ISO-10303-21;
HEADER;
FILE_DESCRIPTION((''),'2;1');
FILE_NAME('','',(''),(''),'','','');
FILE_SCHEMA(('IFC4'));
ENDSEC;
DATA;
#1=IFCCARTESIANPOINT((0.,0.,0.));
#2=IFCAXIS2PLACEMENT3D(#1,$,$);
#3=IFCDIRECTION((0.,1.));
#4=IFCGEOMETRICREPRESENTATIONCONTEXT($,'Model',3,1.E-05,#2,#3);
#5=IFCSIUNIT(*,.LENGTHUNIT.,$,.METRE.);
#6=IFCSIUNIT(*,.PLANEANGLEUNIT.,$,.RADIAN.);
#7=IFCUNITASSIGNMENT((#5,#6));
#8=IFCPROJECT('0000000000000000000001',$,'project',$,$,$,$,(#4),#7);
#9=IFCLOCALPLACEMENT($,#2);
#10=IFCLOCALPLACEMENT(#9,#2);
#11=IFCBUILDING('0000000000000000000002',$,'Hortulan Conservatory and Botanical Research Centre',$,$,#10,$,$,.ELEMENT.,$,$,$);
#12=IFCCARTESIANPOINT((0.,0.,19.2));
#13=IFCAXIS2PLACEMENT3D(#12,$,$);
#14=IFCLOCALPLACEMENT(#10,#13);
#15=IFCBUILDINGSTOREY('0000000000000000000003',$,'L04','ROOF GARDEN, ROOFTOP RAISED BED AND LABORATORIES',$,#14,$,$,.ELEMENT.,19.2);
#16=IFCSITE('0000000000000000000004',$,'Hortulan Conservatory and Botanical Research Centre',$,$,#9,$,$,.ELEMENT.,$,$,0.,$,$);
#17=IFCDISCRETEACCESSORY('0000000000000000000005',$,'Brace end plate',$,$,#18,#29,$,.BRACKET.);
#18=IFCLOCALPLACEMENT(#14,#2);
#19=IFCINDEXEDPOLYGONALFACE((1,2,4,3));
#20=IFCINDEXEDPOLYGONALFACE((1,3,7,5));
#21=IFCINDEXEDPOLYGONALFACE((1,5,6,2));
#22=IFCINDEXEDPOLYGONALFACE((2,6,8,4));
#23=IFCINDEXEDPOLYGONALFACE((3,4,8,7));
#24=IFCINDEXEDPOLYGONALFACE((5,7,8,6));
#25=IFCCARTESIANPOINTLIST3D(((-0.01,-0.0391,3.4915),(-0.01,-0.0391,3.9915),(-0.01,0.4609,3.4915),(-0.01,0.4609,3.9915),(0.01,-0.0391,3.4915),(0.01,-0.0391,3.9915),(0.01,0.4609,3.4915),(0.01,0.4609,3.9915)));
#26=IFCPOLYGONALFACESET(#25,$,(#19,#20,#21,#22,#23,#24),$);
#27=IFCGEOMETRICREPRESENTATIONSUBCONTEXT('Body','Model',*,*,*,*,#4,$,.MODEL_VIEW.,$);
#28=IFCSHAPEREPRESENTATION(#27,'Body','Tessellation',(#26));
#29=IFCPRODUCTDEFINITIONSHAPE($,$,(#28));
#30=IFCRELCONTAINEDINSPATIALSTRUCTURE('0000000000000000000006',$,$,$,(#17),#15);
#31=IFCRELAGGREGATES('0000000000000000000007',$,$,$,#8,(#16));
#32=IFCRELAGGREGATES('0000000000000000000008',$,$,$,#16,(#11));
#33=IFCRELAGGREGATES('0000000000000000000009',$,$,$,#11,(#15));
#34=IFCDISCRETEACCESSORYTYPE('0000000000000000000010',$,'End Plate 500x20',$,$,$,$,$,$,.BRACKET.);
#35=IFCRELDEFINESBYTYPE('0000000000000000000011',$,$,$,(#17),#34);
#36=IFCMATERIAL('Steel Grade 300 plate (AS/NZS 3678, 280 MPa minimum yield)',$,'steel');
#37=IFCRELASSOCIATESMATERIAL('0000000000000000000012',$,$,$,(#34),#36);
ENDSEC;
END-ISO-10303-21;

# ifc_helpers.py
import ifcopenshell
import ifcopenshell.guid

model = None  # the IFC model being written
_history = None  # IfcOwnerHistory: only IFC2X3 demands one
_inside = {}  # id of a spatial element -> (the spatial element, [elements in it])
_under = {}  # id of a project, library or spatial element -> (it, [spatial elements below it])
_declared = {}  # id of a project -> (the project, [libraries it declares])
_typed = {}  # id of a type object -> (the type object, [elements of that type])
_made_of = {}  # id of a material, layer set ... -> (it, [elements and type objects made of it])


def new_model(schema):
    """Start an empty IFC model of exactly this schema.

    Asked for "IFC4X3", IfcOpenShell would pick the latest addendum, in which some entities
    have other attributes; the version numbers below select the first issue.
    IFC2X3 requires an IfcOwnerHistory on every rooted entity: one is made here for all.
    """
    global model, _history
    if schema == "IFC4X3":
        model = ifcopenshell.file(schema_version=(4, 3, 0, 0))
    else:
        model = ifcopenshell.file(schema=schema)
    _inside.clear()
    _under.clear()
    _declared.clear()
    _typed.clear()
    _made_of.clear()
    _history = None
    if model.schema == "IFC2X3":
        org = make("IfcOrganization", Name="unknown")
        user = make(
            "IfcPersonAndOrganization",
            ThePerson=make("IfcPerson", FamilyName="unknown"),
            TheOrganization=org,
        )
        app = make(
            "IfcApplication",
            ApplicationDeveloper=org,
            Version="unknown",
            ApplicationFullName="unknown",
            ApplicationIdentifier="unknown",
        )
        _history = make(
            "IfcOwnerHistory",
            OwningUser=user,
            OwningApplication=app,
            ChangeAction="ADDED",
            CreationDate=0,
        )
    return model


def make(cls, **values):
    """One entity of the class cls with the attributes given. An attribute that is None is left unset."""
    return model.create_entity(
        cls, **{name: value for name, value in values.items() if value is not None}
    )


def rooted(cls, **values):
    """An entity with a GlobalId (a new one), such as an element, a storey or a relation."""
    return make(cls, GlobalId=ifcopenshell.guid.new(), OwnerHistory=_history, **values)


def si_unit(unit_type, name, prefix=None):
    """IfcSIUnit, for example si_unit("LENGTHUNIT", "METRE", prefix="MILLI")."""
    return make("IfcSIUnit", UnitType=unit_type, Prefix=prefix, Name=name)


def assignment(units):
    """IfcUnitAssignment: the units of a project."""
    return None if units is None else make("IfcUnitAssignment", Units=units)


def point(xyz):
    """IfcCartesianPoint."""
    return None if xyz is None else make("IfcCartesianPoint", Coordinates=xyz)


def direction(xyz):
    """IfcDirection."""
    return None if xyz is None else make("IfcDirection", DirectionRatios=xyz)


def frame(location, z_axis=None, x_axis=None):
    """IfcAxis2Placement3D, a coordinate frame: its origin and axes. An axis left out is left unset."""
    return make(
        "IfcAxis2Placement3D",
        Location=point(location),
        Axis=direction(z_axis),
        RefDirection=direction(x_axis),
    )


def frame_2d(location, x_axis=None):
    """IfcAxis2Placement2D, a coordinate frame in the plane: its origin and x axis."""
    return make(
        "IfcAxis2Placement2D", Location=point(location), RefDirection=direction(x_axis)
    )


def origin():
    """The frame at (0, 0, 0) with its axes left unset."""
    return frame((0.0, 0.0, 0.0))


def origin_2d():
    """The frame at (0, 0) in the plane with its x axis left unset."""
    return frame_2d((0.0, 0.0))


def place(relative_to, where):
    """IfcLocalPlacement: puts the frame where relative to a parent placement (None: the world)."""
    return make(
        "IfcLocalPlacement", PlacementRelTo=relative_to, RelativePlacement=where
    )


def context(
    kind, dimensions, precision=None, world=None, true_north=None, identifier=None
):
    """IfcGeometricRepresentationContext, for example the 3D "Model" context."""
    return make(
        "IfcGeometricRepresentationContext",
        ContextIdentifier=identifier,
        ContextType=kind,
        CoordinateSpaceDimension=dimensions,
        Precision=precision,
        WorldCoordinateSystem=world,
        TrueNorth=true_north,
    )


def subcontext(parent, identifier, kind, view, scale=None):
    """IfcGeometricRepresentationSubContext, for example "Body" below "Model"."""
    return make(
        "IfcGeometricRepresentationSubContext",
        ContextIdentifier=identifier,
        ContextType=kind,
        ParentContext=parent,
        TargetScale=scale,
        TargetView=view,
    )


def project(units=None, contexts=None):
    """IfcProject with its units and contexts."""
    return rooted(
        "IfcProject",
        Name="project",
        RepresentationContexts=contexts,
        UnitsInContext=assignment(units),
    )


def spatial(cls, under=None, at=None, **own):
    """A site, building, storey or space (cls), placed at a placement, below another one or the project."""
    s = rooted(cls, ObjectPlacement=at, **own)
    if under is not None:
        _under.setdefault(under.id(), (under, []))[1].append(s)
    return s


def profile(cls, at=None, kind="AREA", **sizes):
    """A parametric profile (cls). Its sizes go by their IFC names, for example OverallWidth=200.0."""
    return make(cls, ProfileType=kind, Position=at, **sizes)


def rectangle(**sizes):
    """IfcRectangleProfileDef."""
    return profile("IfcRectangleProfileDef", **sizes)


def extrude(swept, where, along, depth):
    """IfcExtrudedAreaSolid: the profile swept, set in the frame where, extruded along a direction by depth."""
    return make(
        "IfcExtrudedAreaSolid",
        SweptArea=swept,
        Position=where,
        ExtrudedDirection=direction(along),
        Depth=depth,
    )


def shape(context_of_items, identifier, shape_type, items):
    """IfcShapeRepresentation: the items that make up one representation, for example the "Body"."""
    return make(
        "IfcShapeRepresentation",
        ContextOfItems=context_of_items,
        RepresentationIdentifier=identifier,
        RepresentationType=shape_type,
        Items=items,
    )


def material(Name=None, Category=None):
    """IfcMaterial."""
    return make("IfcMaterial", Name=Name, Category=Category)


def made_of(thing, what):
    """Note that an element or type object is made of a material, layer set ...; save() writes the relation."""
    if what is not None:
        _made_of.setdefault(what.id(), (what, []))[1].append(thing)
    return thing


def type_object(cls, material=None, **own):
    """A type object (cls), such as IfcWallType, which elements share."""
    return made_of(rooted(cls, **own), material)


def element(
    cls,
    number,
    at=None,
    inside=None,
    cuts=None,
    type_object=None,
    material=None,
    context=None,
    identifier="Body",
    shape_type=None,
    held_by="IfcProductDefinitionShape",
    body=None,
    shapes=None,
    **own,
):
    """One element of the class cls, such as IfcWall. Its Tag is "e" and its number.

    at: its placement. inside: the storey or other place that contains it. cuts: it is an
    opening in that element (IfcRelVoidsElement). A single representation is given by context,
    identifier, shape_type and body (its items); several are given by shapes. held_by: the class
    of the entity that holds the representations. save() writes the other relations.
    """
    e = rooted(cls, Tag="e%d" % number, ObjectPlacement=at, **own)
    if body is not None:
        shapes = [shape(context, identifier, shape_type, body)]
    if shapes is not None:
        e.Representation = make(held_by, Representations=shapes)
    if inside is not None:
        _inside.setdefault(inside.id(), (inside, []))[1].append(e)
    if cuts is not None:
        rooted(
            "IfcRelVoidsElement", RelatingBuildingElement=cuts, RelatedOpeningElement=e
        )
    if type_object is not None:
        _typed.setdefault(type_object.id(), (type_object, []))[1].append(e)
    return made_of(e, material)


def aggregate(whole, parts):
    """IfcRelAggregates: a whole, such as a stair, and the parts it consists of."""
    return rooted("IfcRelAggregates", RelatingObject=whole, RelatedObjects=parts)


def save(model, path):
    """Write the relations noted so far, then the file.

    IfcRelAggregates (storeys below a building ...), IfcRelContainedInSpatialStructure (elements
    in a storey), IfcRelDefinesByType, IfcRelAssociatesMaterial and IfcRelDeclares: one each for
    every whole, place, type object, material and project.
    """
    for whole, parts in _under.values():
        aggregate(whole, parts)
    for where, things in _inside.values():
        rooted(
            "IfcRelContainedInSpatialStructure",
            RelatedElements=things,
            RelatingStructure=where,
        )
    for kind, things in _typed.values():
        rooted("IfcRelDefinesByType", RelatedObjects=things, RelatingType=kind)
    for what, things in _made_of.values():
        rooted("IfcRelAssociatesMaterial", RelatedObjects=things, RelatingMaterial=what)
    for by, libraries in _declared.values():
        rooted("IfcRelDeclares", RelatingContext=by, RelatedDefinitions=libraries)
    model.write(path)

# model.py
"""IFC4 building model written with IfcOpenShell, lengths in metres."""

from ifc_helpers import new_model, si_unit, direction, frame, origin, origin_2d, place, context, subcontext, project, spatial, rectangle, extrude, material, type_object, element, save


model = new_model("IFC4")

# Units and contexts
model_context = context("Model", 3, precision=1e-05, world=origin(), true_north=direction((0.0, 1.0)))
body_context = subcontext(model_context, "Body", "Model", "MODEL_VIEW")
ifc_project = project(units=[si_unit("LENGTHUNIT", "METRE"), si_unit("PLANEANGLEUNIT", "RADIAN")], contexts=[model_context])

# Site, building, storey
site_placement = place(None, origin())
site = spatial("IfcSite", under=ifc_project, at=site_placement, Name="Hortulan Conservatory and Botanical Research Centre", CompositionType="ELEMENT", RefElevation=0.0)
building_placement = place(site_placement, origin())
building = spatial("IfcBuilding", under=site, at=building_placement, Name="Hortulan Conservatory and Botanical Research Centre", CompositionType="ELEMENT")
storey_placement = place(building_placement, frame((0.0, 0.0, 19.2)))
storey = spatial("IfcBuildingStorey", under=building, at=storey_placement, Name="L04", Description="ROOF GARDEN, ROOFTOP RAISED BED AND LABORATORIES", CompositionType="ELEMENT", Elevation=19.2)

# Discrete accessory
ifc_material_1 = material(Name="Steel Grade 300 plate (AS/NZS 3678, 280 MPa minimum yield)", Category="steel")
discrete_accessory_type = type_object("IfcDiscreteAccessoryType", Name="End Plate 500x20", PredefinedType="BRACKET", material=ifc_material_1)
discrete_accessory_placement = place(storey_placement, frame((0.0, 0.2109, 3.4915), z_axis=(0.0, 0.0, 1.0), x_axis=(0.0, -1.0, 0.0)))
element("IfcDiscreteAccessory", 1, at=discrete_accessory_placement, inside=storey, type_object=discrete_accessory_type, Name="Brace end plate", PredefinedType="BRACKET", context=body_context, shape_type="SweptSolid", body=[
    extrude(rectangle(XDim=0.5, YDim=0.02, at=origin_2d()), origin(), (0.0, 0.0, 1.0), 0.5),
])

save(model, "model.ifc")
